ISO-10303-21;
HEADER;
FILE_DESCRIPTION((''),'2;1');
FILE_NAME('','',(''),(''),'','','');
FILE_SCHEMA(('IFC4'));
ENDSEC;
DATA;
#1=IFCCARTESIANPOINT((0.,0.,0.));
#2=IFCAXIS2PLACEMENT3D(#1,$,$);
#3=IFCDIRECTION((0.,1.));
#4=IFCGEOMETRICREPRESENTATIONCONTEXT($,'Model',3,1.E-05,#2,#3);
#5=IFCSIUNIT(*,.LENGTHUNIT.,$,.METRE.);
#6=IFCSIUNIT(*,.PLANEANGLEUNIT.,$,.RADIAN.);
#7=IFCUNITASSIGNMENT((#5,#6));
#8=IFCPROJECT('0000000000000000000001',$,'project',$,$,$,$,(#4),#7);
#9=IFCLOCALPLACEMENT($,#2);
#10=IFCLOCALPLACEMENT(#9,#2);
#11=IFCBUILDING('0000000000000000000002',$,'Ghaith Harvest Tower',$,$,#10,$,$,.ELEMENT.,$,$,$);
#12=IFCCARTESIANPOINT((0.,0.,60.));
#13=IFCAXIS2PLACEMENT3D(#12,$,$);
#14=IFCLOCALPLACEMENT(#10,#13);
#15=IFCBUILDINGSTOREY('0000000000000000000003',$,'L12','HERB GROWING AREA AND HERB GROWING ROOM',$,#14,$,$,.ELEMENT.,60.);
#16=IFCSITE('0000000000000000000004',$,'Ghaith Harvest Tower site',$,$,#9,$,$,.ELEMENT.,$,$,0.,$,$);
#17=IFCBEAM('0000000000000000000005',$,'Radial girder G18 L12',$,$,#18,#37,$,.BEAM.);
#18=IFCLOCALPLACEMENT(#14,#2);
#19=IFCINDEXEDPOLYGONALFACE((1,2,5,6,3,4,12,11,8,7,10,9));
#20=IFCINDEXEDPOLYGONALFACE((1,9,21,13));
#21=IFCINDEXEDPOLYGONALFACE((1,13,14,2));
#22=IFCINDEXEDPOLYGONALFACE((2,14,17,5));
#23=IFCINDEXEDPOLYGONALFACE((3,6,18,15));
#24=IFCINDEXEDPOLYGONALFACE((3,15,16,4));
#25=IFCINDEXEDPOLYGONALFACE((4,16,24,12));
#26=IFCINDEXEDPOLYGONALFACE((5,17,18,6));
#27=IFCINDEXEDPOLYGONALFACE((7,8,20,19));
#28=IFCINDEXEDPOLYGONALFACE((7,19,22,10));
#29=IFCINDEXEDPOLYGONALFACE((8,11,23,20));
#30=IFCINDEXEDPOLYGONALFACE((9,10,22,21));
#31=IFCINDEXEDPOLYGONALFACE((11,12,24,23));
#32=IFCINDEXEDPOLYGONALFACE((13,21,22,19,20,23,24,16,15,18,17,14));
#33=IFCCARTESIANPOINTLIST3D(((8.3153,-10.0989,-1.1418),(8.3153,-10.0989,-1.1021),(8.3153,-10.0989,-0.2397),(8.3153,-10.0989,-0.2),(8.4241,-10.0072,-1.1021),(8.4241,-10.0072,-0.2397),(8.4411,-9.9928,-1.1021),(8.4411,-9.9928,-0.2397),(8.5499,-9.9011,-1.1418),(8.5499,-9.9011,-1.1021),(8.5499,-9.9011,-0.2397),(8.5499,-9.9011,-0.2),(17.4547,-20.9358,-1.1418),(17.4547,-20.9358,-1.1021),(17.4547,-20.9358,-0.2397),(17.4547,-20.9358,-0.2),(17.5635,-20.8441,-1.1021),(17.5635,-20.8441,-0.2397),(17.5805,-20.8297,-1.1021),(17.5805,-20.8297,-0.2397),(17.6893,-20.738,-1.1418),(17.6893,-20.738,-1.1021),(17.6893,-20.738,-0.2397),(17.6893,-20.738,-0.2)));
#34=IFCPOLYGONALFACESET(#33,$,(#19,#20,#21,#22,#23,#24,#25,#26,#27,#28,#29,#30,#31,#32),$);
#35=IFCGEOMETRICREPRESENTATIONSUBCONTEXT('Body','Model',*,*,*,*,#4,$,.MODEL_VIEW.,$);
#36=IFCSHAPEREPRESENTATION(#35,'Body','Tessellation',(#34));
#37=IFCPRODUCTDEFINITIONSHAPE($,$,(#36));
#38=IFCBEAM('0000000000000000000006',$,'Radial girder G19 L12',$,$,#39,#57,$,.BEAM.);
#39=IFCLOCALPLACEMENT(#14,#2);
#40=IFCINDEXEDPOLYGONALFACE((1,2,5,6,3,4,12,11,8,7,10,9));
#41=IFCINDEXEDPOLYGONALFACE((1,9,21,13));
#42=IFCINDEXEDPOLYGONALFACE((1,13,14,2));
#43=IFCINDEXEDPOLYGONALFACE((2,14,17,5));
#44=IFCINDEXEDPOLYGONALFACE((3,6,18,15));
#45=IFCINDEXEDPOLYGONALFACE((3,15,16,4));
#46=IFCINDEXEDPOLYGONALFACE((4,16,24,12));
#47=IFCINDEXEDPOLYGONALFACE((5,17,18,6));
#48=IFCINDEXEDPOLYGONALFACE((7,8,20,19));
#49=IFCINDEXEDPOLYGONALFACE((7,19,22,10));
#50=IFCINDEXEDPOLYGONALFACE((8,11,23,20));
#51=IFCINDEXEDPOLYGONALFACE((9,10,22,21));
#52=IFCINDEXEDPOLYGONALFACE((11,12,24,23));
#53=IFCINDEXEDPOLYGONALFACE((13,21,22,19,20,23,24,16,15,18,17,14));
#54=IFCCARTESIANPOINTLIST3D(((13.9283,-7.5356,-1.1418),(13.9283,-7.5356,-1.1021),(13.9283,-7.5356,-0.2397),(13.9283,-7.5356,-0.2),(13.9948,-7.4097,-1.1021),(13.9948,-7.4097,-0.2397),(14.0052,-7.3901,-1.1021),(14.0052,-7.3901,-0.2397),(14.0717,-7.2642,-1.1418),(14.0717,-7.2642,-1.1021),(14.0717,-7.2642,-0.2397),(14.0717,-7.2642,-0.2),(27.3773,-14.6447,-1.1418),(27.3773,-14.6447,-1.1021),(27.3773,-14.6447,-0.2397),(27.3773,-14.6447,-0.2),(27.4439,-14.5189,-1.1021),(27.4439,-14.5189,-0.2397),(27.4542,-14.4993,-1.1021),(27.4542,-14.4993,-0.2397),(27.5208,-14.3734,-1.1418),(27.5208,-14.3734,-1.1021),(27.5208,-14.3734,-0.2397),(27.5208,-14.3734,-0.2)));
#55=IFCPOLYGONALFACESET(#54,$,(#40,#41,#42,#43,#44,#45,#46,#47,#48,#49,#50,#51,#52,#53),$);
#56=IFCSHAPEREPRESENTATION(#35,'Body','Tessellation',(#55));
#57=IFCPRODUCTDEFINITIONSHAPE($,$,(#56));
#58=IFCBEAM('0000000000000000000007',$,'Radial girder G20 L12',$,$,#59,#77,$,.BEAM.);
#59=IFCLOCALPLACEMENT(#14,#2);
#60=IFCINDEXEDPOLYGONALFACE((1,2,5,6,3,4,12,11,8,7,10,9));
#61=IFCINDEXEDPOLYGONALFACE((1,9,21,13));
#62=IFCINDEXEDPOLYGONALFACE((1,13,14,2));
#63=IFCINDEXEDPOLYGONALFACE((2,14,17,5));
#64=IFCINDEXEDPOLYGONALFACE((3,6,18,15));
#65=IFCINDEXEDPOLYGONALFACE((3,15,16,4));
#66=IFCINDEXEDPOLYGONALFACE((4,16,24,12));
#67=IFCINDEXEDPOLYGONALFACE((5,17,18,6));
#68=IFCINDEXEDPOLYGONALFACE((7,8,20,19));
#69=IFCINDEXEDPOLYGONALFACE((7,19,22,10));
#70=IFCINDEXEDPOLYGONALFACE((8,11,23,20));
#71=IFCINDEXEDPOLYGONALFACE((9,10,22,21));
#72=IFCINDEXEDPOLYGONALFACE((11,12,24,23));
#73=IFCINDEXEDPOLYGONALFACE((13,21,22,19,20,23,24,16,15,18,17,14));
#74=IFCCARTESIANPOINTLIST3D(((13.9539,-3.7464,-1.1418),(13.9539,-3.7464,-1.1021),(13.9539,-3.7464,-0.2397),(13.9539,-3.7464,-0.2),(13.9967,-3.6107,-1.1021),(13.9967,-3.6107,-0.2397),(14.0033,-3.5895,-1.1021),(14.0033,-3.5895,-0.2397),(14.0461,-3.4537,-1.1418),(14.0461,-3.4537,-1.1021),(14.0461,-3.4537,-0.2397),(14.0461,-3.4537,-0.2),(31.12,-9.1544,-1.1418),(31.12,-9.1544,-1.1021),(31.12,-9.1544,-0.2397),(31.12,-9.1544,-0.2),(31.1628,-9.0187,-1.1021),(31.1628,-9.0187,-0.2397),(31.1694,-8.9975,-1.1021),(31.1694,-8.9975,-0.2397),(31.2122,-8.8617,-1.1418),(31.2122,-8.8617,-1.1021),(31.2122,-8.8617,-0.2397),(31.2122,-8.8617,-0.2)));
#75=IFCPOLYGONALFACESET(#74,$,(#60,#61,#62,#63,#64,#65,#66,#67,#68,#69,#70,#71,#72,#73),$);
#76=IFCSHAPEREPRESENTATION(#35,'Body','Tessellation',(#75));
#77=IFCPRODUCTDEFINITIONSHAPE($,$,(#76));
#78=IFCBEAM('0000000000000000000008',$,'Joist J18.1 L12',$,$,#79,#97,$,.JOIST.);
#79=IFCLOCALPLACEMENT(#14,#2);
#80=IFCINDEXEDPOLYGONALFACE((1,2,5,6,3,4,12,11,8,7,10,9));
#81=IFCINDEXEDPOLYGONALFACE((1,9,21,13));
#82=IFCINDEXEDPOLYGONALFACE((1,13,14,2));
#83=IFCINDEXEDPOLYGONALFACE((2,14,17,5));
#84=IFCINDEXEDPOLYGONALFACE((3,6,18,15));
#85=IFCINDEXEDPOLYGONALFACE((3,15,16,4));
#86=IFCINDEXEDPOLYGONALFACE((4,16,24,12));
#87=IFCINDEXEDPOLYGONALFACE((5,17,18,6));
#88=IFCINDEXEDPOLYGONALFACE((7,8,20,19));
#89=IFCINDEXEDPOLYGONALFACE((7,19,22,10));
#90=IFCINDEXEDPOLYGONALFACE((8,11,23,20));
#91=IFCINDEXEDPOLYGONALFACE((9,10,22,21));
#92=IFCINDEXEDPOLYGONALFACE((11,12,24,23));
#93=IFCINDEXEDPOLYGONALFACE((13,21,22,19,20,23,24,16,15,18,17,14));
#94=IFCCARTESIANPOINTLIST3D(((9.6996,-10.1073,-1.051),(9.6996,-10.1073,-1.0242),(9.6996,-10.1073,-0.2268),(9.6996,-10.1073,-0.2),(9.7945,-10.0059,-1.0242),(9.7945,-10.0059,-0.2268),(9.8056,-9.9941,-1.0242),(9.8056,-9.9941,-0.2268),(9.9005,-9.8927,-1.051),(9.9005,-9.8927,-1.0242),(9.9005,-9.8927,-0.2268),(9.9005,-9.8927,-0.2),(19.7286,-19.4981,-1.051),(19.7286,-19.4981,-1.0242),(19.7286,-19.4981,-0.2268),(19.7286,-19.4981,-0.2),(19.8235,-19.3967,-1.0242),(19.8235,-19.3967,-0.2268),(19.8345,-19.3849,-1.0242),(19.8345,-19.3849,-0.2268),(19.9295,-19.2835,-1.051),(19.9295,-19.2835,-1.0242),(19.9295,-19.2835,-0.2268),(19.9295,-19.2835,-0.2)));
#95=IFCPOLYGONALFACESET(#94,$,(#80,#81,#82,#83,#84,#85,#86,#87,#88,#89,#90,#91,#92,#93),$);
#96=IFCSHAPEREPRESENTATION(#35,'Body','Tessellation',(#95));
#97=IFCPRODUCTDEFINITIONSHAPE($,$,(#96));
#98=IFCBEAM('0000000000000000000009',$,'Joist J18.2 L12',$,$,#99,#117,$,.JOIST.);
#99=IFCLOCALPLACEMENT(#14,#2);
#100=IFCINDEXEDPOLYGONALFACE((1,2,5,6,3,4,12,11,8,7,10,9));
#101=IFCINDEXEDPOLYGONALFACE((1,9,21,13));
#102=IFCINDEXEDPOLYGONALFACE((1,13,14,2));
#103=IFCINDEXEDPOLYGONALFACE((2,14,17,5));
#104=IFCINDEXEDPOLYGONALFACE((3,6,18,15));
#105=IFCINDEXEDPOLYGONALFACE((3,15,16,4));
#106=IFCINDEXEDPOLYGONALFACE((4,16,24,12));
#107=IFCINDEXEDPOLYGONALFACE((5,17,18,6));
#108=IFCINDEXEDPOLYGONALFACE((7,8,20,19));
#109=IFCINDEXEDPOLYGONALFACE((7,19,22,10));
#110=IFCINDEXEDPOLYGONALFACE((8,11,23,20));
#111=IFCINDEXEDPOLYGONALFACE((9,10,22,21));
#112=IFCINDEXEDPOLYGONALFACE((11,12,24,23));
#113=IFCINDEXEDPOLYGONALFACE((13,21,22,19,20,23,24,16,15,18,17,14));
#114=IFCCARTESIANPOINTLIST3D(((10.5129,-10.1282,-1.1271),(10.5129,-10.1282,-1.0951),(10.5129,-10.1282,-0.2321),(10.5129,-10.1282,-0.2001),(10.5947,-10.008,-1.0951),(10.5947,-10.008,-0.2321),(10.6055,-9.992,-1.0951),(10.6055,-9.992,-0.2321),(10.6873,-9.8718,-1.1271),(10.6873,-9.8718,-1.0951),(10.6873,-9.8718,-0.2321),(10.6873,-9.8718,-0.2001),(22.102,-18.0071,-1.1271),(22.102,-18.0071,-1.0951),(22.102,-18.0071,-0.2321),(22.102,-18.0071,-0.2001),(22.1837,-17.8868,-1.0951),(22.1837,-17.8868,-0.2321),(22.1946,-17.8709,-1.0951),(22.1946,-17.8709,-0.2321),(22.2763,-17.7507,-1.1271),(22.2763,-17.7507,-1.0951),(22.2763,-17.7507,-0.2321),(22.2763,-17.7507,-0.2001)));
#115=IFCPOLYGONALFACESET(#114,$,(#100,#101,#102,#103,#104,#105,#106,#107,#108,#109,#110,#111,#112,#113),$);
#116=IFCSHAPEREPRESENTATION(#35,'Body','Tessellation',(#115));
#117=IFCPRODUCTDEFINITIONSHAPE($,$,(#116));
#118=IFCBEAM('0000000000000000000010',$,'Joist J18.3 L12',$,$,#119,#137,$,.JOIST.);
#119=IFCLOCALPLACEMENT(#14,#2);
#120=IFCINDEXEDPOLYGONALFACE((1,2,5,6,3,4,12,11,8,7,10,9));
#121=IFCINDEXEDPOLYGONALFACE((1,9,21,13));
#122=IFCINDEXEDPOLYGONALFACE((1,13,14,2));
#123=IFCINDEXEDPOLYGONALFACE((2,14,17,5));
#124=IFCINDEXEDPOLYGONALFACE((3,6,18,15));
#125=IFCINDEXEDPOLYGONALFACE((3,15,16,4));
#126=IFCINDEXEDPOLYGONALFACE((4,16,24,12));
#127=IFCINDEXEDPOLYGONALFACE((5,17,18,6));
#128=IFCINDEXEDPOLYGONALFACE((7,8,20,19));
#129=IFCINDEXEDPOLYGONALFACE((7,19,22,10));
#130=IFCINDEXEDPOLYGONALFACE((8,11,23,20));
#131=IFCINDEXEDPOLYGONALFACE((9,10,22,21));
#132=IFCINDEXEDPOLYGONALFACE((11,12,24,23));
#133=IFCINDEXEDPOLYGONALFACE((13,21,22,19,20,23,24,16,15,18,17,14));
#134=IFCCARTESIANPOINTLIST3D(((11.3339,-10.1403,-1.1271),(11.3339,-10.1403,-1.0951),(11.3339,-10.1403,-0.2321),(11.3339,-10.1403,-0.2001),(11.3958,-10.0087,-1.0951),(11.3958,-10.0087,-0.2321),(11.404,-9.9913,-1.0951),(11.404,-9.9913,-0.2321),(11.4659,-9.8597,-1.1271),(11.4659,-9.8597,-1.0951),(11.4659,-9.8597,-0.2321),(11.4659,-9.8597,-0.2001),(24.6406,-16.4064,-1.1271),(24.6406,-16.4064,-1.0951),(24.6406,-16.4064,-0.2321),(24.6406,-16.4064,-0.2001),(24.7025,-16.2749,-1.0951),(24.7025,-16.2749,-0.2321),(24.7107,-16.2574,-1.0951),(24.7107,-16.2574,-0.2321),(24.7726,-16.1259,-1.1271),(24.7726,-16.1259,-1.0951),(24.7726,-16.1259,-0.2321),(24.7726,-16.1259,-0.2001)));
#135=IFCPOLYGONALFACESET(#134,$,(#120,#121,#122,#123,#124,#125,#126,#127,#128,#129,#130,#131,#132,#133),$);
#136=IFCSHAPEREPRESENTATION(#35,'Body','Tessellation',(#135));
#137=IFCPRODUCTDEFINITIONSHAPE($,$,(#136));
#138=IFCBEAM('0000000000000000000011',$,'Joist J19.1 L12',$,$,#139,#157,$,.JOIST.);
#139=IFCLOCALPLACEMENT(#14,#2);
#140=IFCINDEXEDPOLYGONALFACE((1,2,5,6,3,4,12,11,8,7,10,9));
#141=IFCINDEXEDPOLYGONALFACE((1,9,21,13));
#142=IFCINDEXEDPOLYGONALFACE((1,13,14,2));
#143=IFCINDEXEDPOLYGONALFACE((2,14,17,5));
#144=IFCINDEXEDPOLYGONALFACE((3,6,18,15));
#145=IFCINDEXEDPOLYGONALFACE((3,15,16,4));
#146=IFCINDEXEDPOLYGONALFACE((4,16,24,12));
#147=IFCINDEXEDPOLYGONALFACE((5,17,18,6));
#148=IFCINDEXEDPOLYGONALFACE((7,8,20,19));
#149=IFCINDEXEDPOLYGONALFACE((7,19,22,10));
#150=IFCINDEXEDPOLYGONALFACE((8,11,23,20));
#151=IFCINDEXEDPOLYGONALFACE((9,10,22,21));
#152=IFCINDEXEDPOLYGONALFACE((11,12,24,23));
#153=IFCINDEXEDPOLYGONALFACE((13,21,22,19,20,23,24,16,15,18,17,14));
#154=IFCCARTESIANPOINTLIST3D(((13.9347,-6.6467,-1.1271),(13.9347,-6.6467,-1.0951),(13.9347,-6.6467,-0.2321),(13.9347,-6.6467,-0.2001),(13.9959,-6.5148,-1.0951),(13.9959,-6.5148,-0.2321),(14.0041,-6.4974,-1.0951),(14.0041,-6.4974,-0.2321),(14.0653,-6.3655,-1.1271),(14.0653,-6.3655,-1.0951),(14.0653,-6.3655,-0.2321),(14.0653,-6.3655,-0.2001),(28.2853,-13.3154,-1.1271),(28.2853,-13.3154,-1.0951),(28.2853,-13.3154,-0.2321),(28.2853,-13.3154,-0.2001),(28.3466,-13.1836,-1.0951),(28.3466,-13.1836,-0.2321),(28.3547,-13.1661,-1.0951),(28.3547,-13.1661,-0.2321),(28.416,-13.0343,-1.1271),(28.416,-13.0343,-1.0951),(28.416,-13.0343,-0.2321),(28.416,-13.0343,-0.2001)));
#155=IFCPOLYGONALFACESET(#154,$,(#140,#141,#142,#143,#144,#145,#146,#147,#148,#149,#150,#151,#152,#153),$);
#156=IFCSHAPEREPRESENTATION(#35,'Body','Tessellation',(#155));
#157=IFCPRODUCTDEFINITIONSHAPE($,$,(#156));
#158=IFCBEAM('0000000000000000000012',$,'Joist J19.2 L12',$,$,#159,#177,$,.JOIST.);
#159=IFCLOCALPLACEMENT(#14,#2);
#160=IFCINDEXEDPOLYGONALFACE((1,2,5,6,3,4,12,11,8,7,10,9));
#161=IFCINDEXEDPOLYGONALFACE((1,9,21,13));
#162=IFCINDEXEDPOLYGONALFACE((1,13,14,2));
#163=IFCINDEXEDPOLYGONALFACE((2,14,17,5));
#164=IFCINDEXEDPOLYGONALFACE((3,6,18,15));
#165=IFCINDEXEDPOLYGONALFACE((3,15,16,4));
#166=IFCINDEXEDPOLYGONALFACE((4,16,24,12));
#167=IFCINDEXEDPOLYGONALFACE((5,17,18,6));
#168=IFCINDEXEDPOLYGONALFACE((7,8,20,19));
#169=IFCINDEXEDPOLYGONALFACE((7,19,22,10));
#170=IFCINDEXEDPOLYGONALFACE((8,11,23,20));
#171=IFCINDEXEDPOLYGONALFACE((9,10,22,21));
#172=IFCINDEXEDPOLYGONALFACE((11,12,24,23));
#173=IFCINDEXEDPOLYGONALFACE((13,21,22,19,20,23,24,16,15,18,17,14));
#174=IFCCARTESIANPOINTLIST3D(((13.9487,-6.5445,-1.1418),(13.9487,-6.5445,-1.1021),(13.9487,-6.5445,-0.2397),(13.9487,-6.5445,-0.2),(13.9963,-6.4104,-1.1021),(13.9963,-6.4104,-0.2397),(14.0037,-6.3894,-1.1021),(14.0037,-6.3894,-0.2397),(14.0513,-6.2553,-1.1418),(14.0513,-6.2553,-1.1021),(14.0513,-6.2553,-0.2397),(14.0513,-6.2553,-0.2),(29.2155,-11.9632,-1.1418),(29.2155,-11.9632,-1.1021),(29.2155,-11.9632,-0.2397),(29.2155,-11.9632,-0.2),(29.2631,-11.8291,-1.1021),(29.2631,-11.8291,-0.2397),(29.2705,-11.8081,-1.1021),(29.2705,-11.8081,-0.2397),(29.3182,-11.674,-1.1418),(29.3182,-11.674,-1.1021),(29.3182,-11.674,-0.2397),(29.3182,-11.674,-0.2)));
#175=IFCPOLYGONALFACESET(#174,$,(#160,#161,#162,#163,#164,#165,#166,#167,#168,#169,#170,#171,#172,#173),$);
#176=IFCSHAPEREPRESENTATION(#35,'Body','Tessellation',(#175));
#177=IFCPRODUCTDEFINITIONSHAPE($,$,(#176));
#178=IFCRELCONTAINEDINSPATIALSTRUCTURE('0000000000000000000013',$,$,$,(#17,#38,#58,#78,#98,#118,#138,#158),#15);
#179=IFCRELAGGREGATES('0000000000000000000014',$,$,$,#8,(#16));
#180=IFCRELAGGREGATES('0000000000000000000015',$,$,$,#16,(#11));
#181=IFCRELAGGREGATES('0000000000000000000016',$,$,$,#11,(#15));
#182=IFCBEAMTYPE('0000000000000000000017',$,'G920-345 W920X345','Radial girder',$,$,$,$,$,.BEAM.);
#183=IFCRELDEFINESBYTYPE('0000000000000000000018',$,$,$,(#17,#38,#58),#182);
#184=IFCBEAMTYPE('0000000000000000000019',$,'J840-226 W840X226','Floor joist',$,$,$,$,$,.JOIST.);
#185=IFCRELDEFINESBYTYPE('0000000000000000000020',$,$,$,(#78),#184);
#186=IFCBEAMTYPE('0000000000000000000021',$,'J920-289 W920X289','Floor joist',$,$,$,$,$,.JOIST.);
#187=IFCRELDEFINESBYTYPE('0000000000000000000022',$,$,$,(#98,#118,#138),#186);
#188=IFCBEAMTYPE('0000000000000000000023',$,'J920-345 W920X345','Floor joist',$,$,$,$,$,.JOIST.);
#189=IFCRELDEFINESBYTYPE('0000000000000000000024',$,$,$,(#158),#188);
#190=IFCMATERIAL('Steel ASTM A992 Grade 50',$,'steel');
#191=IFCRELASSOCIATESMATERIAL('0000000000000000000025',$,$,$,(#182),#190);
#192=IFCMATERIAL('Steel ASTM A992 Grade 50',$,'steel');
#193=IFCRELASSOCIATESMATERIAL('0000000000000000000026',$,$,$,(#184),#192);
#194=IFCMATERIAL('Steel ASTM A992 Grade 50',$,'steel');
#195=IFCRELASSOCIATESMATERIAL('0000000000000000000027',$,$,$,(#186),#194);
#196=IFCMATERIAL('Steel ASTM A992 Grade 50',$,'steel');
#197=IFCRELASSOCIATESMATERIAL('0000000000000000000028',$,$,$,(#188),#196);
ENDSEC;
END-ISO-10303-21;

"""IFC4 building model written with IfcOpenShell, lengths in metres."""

from ifc_helpers import new_model, si_unit, direction, frame, origin, origin_2d, place, context, subcontext, project, spatial, i_section, extrude, material, material_profile, profile_set, type_object, element, save


model = new_model("IFC4")

# Units and contexts
model_context = context("Model", 3, precision=1e-05, world=origin(), true_north=direction((0.0, 1.0)))
body_context = subcontext(model_context, "Body", "Model", "MODEL_VIEW")
ifc_project = project(units=[si_unit("LENGTHUNIT", "METRE"), si_unit("PLANEANGLEUNIT", "RADIAN")], contexts=[model_context])

# Site, building, storey
site_placement = place(None, origin())
site = spatial("IfcSite", under=ifc_project, at=site_placement, Name="Ghaith Harvest Tower site", CompositionType="ELEMENT", RefElevation=0.0)
building_placement = place(site_placement, origin())
building = spatial("IfcBuilding", under=site, at=building_placement, Name="Ghaith Harvest Tower", CompositionType="ELEMENT")
storey_placement = place(building_placement, frame((0.0, 0.0, 60.0)))
storey = spatial("IfcBuildingStorey", under=building, at=storey_placement, Name="L12", Description="HERB GROWING AREA AND HERB GROWING ROOM", CompositionType="ELEMENT", Elevation=60.0)

# Beams
ifc_material_1 = material(Name="Steel ASTM A992 Grade 50", Category="steel")
ifc_material_profile_1 = material_profile(ifc_material_1, i_section(OverallWidth=0.3069, OverallDepth=0.9419, WebThickness=0.0222, FlangeThickness=0.0398, at=origin_2d()), Name="W920X345")
ifc_profile_set_1 = profile_set([ifc_material_profile_1], Name="Steel ASTM A992 Grade 50")
beam_type_1 = type_object("IfcBeamType", Name="G920-345 W920X345", Description="Radial girder", PredefinedType="BEAM", material=ifc_profile_set_1)
beam_1_placement = place(storey_placement, frame((8.4326, -10.0, -0.6709), z_axis=(0.644696, -0.764439, 0.0), x_axis=(0.764439, 0.644696, 0.0)))
element("IfcBeam", 1, at=beam_1_placement, inside=storey, type_object=beam_type_1, Name="Radial girder G18 L12", PredefinedType="BEAM", context=body_context, shape_type="SweptSolid", body=[
    extrude(i_section(OverallWidth=0.3069, OverallDepth=0.9419, WebThickness=0.0222, FlangeThickness=0.0398, at=origin_2d()), origin(), (0.0, 0.0, 1.0), 14.1763),
])
beam_2_placement = place(storey_placement, frame((14.0, -7.3999, -0.6709), z_axis=(0.884084, -0.467327, 0.0), x_axis=(0.467327, 0.884084, 0.0)))
element("IfcBeam", 2, at=beam_2_placement, inside=storey, type_object=beam_type_1, Name="Radial girder G19 L12", PredefinedType="BEAM", context=body_context, shape_type="SweptSolid", body=[
    extrude(i_section(OverallWidth=0.3069, OverallDepth=0.9419, WebThickness=0.0222, FlangeThickness=0.0398, at=origin_2d()), origin(), (0.0, 0.0, 1.0), 15.2124),
])
beam_3_placement = place(storey_placement, frame((14.0, -3.6001, -0.6709), z_axis=(0.953788, -0.30048, 0.0), x_axis=(0.30048, 0.953788, 0.0)))
element("IfcBeam", 3, at=beam_3_placement, inside=storey, type_object=beam_type_1, Name="Radial girder G20 L12", PredefinedType="BEAM", context=body_context, shape_type="SweptSolid", body=[
    extrude(i_section(OverallWidth=0.3069, OverallDepth=0.9419, WebThickness=0.0222, FlangeThickness=0.0398, at=origin_2d()), origin(), (0.0, 0.0, 1.0), 17.9978),
])
ifc_material_2 = material(Name="Steel ASTM A992 Grade 50", Category="steel")
ifc_material_profile_2 = material_profile(ifc_material_2, i_section(OverallWidth=0.2939, OverallDepth=0.8511, WebThickness=0.0161, FlangeThickness=0.0269, at=origin_2d()), Name="W840X226")
ifc_profile_set_2 = profile_set([ifc_material_profile_2], Name="Steel ASTM A992 Grade 50")
beam_type_2 = type_object("IfcBeamType", Name="J840-226 W840X226", Description="Floor joist", PredefinedType="JOIST", material=ifc_profile_set_2)
beam_4_placement = place(storey_placement, frame((9.8, -10.0, -0.6255), z_axis=(0.72995, -0.683501, 0.0), x_axis=(0.683501, 0.72995, 0.0)))
element("IfcBeam", 4, at=beam_4_placement, inside=storey, type_object=beam_type_2, Name="Joist J18.1 L12", PredefinedType="JOIST", context=body_context, shape_type="SweptSolid", body=[
    extrude(i_section(OverallWidth=0.2939, OverallDepth=0.8511, WebThickness=0.0161, FlangeThickness=0.0269, at=origin_2d()), origin(), (0.0, 0.0, 1.0), 13.7393),
])
ifc_material_3 = material(Name="Steel ASTM A992 Grade 50", Category="steel")
ifc_material_profile_3 = material_profile(ifc_material_3, i_section(OverallWidth=0.3101, OverallDepth=0.927, WebThickness=0.0193, FlangeThickness=0.032, at=origin_2d()), Name="W920X289")
ifc_profile_set_3 = profile_set([ifc_material_profile_3], Name="Steel ASTM A992 Grade 50")
beam_type_3 = type_object("IfcBeamType", Name="J920-289 W920X289", Description="Floor joist", PredefinedType="JOIST", material=ifc_profile_set_3)
beam_5_placement = place(storey_placement, frame((10.6001, -10.0, -0.6636), z_axis=(0.826983, -0.562228, 0.0), x_axis=(0.562228, 0.826983, 0.0)))
element("IfcBeam", 5, at=beam_5_placement, inside=storey, type_object=beam_type_3, Name="Joist J18.2 L12", PredefinedType="JOIST", context=body_context, shape_type="SweptSolid", body=[
    extrude(i_section(OverallWidth=0.3101, OverallDepth=0.927, WebThickness=0.0193, FlangeThickness=0.032, at=origin_2d()), origin(), (0.0, 0.0, 1.0), 14.0137),
])
beam_6_placement = place(storey_placement, frame((11.3999, -10.0, -0.6636), z_axis=(0.90471, -0.426029, 0.0), x_axis=(0.426029, 0.90471, 0.0)))
element("IfcBeam", 6, at=beam_6_placement, inside=storey, type_object=beam_type_3, Name="Joist J18.3 L12", PredefinedType="JOIST", context=body_context, shape_type="SweptSolid", body=[
    extrude(i_section(OverallWidth=0.3101, OverallDepth=0.927, WebThickness=0.0193, FlangeThickness=0.032, at=origin_2d()), origin(), (0.0, 0.0, 1.0), 14.7083),
])
beam_7_placement = place(storey_placement, frame((14.0, -6.5061, -0.6636), z_axis=(0.906866, -0.42142, 0.0), x_axis=(0.42142, 0.906866, 0.0)))
element("IfcBeam", 7, at=beam_7_placement, inside=storey, type_object=beam_type_3, Name="Joist J19.1 L12", PredefinedType="JOIST", context=body_context, shape_type="SweptSolid", body=[
    extrude(i_section(OverallWidth=0.3101, OverallDepth=0.927, WebThickness=0.0193, FlangeThickness=0.032, at=origin_2d()), origin(), (0.0, 0.0, 1.0), 15.8245),
])
ifc_material_4 = material(Name="Steel ASTM A992 Grade 50", Category="steel")
ifc_material_profile_4 = material_profile(ifc_material_4, i_section(OverallWidth=0.3069, OverallDepth=0.9419, WebThickness=0.0222, FlangeThickness=0.0398, at=origin_2d()), Name="W920X345")
ifc_profile_set_4 = profile_set([ifc_material_profile_4], Name="Steel ASTM A992 Grade 50")
beam_type_4 = type_object("IfcBeamType", Name="J920-345 W920X345", Description="Floor joist", PredefinedType="JOIST", material=ifc_profile_set_4)
beam_8_placement = place(storey_placement, frame((14.0, -6.3999, -0.6709), z_axis=(0.9424, -0.334488, 0.0), x_axis=(0.334488, 0.9424, 0.0)))
element("IfcBeam", 8, at=beam_8_placement, inside=storey, type_object=beam_type_4, Name="Joist J19.2 L12", PredefinedType="JOIST", context=body_context, shape_type="SweptSolid", body=[
    extrude(i_section(OverallWidth=0.3069, OverallDepth=0.9419, WebThickness=0.0222, FlangeThickness=0.0398, at=origin_2d()), origin(), (0.0, 0.0, 1.0), 16.2),
])

save(model, "model.ifc")
